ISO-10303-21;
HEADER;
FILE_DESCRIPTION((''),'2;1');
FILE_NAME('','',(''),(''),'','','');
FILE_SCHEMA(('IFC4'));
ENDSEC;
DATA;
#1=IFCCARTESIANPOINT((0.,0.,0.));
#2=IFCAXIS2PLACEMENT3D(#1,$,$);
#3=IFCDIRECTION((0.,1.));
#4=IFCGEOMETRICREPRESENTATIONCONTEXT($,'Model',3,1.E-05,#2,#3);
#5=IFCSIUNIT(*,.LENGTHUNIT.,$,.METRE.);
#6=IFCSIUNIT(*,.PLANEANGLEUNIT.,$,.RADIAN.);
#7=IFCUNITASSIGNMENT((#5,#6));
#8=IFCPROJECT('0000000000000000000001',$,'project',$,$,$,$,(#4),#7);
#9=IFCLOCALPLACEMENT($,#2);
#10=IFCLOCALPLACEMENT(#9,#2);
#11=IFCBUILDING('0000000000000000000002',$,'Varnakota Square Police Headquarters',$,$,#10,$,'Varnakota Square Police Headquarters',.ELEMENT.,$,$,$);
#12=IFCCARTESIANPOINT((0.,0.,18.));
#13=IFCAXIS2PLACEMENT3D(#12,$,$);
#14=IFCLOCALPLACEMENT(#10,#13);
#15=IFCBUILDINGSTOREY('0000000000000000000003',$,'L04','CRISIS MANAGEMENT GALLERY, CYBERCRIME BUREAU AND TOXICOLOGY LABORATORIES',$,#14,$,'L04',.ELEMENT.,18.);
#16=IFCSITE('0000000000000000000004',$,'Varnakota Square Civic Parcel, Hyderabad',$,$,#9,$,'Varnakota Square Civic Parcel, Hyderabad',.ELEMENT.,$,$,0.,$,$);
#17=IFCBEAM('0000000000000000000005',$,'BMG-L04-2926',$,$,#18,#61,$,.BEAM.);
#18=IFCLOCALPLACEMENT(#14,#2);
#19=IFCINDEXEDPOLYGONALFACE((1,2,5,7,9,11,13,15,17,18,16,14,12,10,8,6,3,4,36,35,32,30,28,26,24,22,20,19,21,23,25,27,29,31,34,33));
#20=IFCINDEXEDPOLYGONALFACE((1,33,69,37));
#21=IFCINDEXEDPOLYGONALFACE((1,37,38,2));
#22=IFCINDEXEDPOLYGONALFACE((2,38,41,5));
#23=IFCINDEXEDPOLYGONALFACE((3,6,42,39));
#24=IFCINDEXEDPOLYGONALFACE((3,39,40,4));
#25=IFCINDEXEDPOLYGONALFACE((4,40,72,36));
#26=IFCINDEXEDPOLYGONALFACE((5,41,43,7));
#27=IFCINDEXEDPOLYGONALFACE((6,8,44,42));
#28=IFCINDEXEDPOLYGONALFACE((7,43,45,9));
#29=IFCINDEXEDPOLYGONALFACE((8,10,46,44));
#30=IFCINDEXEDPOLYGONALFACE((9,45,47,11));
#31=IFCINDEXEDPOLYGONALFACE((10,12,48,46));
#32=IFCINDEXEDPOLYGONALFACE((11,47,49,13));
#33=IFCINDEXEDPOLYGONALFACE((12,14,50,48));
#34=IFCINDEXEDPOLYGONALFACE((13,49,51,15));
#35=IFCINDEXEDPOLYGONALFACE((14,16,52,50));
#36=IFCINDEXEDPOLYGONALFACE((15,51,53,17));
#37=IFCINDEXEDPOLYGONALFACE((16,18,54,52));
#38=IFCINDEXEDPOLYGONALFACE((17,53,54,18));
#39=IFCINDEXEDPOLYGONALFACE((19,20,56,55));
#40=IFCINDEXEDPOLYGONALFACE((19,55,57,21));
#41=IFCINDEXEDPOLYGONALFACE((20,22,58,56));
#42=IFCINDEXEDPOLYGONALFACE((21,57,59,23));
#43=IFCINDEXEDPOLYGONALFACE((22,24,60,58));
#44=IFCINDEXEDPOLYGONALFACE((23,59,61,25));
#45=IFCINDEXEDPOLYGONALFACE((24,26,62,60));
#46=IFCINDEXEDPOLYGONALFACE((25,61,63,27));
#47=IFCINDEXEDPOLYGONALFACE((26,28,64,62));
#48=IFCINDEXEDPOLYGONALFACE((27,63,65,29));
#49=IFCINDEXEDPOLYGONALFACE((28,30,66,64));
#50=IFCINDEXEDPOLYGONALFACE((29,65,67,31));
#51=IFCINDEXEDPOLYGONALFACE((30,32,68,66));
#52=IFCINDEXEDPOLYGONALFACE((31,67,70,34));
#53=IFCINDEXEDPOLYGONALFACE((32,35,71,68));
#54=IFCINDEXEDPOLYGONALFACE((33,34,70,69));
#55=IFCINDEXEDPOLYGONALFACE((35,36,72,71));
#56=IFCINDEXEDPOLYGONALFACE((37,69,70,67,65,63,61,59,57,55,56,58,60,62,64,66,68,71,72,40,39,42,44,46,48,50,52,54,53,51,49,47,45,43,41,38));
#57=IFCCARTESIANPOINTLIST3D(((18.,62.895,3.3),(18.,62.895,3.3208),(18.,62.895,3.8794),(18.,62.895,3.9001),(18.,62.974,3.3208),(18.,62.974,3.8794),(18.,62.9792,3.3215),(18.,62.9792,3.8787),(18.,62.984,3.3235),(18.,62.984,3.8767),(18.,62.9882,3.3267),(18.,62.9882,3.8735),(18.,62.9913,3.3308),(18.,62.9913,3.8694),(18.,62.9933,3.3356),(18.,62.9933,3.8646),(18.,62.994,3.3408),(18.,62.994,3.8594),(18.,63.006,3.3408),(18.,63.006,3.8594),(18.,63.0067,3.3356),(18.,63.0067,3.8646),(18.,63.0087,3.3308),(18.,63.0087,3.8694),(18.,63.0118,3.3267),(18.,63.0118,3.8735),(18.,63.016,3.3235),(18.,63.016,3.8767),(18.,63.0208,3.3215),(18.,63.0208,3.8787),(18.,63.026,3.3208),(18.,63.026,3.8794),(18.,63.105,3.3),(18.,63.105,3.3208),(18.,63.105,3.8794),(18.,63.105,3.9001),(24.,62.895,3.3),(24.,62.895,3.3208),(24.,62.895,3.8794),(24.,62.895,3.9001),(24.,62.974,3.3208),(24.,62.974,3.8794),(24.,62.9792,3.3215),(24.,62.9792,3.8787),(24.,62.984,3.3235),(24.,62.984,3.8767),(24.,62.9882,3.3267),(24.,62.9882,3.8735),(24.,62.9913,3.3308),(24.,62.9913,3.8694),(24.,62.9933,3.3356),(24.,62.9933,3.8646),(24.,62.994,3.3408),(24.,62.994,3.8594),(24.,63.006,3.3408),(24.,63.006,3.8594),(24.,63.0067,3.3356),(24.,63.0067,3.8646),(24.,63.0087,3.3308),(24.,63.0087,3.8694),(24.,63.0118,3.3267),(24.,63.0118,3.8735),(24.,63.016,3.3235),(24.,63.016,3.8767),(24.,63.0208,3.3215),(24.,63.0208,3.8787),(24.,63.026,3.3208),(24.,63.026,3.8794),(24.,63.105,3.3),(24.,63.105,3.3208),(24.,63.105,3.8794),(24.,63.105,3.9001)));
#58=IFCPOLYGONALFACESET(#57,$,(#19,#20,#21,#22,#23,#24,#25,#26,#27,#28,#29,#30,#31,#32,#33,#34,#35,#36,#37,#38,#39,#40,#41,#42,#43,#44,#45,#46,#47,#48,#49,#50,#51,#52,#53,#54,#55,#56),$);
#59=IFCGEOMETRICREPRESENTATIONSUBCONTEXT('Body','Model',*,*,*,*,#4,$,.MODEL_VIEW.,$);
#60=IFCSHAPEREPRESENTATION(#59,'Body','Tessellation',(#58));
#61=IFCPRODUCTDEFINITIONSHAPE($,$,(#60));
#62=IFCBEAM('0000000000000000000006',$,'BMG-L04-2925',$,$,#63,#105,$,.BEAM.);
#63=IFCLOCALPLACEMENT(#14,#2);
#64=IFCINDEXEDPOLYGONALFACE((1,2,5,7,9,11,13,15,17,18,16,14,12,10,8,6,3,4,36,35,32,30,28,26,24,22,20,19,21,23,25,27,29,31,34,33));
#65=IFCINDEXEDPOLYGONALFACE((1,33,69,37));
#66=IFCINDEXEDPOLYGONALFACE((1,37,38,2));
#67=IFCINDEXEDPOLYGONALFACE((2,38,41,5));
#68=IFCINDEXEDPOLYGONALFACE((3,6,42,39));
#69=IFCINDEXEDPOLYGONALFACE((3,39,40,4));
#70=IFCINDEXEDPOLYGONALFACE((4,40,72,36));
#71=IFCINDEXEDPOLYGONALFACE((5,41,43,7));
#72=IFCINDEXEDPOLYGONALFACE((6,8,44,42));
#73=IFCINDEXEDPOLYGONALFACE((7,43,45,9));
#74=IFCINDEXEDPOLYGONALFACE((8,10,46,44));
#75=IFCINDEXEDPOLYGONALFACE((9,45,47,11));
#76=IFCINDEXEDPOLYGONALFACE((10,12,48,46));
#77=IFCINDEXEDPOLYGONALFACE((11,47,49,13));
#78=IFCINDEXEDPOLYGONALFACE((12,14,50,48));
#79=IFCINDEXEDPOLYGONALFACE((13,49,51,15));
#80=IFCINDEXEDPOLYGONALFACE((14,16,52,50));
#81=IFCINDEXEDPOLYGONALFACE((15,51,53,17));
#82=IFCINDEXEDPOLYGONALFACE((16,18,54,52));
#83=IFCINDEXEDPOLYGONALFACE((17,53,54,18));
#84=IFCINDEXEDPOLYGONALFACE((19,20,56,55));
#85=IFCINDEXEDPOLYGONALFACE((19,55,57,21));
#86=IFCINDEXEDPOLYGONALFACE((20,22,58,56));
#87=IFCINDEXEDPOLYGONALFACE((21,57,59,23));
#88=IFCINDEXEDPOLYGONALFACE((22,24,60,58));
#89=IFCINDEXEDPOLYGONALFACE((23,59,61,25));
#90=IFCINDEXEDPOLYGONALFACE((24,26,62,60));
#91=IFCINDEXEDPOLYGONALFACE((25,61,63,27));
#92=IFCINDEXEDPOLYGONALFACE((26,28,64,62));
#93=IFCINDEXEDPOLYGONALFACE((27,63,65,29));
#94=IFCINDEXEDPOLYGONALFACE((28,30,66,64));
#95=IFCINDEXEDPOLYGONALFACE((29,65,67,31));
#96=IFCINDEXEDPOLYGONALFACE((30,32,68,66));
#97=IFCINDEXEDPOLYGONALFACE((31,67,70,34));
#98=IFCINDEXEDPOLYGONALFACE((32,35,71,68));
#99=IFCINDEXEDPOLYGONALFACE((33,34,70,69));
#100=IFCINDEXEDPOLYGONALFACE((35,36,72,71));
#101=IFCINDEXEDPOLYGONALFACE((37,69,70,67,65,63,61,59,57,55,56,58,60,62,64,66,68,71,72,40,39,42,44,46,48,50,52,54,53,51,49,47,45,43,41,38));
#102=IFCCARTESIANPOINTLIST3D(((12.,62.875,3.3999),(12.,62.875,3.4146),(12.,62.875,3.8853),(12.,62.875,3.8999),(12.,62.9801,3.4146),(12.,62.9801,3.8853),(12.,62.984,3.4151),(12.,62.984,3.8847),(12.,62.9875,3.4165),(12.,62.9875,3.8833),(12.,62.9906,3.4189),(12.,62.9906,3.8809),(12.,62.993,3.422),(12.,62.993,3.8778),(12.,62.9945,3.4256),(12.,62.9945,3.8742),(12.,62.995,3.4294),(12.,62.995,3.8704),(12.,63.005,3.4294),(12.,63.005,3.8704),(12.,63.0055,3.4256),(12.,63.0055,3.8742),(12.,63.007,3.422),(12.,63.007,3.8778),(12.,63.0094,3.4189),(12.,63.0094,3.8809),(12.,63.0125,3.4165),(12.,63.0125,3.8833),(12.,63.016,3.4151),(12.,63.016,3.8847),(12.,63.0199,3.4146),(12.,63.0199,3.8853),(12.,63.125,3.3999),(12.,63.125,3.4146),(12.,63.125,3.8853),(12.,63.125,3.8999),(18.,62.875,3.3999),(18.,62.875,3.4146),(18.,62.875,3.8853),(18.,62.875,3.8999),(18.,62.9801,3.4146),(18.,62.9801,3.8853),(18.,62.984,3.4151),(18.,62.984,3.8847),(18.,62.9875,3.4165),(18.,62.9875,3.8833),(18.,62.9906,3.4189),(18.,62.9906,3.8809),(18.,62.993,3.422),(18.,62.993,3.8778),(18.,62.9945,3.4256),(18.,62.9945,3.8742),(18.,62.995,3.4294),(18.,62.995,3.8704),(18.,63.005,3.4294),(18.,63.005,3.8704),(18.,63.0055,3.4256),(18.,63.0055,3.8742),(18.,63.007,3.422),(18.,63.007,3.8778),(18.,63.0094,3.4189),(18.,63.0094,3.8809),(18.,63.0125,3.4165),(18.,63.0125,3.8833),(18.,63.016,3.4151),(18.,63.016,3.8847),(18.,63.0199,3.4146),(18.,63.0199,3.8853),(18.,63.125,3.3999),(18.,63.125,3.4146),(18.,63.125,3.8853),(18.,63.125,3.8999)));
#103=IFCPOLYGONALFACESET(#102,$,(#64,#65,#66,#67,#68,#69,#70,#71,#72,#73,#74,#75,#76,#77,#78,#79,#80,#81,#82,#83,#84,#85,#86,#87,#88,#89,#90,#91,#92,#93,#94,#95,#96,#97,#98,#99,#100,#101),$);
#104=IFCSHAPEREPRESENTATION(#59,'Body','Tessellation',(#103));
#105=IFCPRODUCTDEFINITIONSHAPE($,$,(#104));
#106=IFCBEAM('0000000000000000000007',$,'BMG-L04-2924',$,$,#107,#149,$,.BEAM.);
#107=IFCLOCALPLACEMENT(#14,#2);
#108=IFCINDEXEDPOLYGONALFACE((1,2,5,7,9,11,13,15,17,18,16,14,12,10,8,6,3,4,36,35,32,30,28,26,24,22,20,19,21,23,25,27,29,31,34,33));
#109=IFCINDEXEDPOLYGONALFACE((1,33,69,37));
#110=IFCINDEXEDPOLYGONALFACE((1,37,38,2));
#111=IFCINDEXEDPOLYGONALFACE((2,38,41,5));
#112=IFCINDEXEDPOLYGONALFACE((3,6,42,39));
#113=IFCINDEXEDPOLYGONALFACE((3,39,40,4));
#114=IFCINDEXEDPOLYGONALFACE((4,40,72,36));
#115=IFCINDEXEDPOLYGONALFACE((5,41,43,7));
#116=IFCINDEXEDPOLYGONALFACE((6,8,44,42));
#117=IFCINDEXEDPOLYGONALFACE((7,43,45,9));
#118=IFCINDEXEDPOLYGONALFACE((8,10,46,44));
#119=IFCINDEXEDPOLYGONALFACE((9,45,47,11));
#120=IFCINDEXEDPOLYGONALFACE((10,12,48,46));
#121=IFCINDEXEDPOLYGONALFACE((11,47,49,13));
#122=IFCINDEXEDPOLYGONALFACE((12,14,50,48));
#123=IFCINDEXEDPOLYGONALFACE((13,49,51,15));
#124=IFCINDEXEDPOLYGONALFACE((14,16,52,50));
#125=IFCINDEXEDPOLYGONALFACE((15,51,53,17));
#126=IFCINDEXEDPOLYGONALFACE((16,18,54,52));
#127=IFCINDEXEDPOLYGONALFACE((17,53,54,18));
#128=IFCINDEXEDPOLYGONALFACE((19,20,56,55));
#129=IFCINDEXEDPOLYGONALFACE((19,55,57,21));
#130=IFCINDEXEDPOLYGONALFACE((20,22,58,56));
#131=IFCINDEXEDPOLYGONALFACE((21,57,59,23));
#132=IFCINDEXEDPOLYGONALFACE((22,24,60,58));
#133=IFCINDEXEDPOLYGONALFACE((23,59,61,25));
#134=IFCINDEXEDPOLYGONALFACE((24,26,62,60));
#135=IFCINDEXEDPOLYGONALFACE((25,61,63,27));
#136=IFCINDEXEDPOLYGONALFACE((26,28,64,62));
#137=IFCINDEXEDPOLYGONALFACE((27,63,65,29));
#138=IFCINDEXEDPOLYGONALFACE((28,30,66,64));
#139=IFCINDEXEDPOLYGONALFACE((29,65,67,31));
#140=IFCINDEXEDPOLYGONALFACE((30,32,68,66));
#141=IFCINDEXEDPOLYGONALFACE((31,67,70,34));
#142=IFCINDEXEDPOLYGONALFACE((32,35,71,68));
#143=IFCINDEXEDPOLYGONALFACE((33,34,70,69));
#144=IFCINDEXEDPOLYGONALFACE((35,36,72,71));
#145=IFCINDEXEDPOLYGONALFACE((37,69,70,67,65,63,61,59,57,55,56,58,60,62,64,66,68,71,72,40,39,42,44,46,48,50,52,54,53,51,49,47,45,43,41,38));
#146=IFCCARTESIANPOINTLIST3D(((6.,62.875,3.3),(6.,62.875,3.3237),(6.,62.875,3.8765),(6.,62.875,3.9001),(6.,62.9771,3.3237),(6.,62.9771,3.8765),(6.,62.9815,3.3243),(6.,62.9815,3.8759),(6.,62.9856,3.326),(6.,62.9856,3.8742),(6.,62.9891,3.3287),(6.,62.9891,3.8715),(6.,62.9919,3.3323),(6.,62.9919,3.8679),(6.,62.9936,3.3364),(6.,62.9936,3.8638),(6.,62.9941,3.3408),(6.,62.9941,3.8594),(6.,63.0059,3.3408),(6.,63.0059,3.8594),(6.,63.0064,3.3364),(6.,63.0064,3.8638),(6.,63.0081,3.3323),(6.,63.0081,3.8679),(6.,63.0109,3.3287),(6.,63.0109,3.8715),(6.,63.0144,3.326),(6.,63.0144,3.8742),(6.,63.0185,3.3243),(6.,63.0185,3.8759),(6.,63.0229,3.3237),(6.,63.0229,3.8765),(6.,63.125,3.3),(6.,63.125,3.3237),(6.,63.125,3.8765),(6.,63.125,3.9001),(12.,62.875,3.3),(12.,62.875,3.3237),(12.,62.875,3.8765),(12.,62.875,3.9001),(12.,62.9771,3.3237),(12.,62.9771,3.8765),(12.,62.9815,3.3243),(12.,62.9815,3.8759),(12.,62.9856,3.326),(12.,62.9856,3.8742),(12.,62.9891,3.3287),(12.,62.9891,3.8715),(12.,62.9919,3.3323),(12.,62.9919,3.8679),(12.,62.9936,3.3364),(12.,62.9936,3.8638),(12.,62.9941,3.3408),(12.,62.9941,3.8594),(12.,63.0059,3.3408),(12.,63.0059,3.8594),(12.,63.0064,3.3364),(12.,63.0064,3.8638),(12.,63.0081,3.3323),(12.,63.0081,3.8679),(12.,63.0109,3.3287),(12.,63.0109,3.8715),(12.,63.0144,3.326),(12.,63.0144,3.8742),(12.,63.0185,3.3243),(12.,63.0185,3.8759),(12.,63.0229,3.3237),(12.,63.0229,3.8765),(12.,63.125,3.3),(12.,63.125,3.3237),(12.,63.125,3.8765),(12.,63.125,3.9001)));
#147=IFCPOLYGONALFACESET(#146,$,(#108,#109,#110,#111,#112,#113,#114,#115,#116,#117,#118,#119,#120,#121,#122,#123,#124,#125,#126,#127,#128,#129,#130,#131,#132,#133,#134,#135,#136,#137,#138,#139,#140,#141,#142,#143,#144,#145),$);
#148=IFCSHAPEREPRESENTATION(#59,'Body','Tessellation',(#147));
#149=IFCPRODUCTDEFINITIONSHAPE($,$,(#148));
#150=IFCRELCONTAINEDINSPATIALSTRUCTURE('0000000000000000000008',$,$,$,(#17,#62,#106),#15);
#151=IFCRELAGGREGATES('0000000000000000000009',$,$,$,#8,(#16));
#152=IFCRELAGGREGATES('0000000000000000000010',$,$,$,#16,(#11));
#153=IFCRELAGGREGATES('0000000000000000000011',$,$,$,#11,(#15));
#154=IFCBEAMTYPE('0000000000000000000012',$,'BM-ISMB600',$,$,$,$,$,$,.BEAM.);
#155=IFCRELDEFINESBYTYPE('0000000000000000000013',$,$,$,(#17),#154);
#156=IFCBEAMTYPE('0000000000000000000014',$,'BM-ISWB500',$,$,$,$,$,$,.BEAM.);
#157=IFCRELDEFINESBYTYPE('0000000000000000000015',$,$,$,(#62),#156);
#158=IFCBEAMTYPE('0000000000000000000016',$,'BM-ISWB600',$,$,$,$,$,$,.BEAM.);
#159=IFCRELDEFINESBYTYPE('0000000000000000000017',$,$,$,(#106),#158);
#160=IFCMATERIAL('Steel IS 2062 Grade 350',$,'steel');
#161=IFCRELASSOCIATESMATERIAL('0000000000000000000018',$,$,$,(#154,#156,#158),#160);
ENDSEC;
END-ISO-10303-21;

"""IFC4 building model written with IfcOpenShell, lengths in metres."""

from ifc_helpers import new_model, si_unit, direction, frame, origin, origin_2d, place, context, subcontext, project, spatial, i_section, extrude, material, material_profile, profile_set, type_object, element, save


model = new_model("IFC4")

# Units and contexts
model_context = context("Model", 3, precision=1e-05, world=origin(), true_north=direction((0.0, 1.0)))
body_context = subcontext(model_context, "Body", "Model", "MODEL_VIEW")
ifc_project = project(units=[si_unit("LENGTHUNIT", "METRE"), si_unit("PLANEANGLEUNIT", "RADIAN")], contexts=[model_context])

# Site, building, storey
site_placement = place(None, origin())
site = spatial("IfcSite", under=ifc_project, at=site_placement, Name="Varnakota Square Civic Parcel, Hyderabad", LongName="Varnakota Square Civic Parcel, Hyderabad", CompositionType="ELEMENT", RefElevation=0.0)
building_placement = place(site_placement, origin())
building = spatial("IfcBuilding", under=site, at=building_placement, Name="Varnakota Square Police Headquarters", LongName="Varnakota Square Police Headquarters", CompositionType="ELEMENT")
storey_placement = place(building_placement, frame((0.0, 0.0, 18.0)))
storey = spatial("IfcBuildingStorey", under=building, at=storey_placement, Name="L04", Description="CRISIS MANAGEMENT GALLERY, CYBERCRIME BUREAU AND TOXICOLOGY LABORATORIES", LongName="L04", CompositionType="ELEMENT", Elevation=18.0)

# Shared definitions
ifc_material_1 = material(Name="Steel IS 2062 Grade 350", Category="steel")

# Beams
ifc_material_profile_1 = material_profile(ifc_material_1, i_section(OverallWidth=0.21, OverallDepth=0.6001, WebThickness=0.012, FlangeThickness=0.0208, FilletRadius=0.02, at=origin_2d()), Name="ISMB 600")
ifc_profile_set_1 = profile_set([ifc_material_profile_1], Name="Steel IS 2062 Grade 350")
beam_type_1 = type_object("IfcBeamType", Name="BM-ISMB600", PredefinedType="BEAM", material=ifc_profile_set_1)
beam_1_placement = place(storey_placement, frame((18.0, 63.0, 3.6001), z_axis=(1.0, 0.0, 0.0), x_axis=(0.0, 1.0, 0.0)))
element("IfcBeam", 1, at=beam_1_placement, inside=storey, type_object=beam_type_1, Name="BMG-L04-2926", PredefinedType="BEAM", context=body_context, shape_type="SweptSolid", body=[
    extrude(i_section(OverallWidth=0.21, OverallDepth=0.6001, WebThickness=0.012, FlangeThickness=0.0208, FilletRadius=0.02, at=origin_2d()), origin(), (0.0, 0.0, 1.0), 6.0),
])
ifc_material_profile_2 = material_profile(ifc_material_1, i_section(OverallWidth=0.25, OverallDepth=0.5, WebThickness=0.01, FlangeThickness=0.0146, FilletRadius=0.0149, at=origin_2d()), Name="ISWB 500")
ifc_profile_set_2 = profile_set([ifc_material_profile_2], Name="Steel IS 2062 Grade 350")
beam_type_2 = type_object("IfcBeamType", Name="BM-ISWB500", PredefinedType="BEAM", material=ifc_profile_set_2)
beam_2_placement = place(storey_placement, frame((12.0, 63.0, 3.6499), z_axis=(1.0, 0.0, 0.0), x_axis=(0.0, 1.0, 0.0)))
element("IfcBeam", 2, at=beam_2_placement, inside=storey, type_object=beam_type_2, Name="BMG-L04-2925", PredefinedType="BEAM", context=body_context, shape_type="SweptSolid", body=[
    extrude(i_section(OverallWidth=0.25, OverallDepth=0.5, WebThickness=0.01, FlangeThickness=0.0146, FilletRadius=0.0149, at=origin_2d()), origin(), (0.0, 0.0, 1.0), 6.0),
])
ifc_material_profile_3 = material_profile(ifc_material_1, i_section(OverallWidth=0.25, OverallDepth=0.6001, WebThickness=0.0117, FlangeThickness=0.0237, FilletRadius=0.0171, at=origin_2d()), Name="ISWB 600")
ifc_profile_set_3 = profile_set([ifc_material_profile_3], Name="Steel IS 2062 Grade 350")
beam_type_3 = type_object("IfcBeamType", Name="BM-ISWB600", PredefinedType="BEAM", material=ifc_profile_set_3)
beam_3_placement = place(storey_placement, frame((6.0, 63.0, 3.6001), z_axis=(1.0, 0.0, 0.0), x_axis=(0.0, 1.0, 0.0)))
element("IfcBeam", 3, at=beam_3_placement, inside=storey, type_object=beam_type_3, Name="BMG-L04-2924", PredefinedType="BEAM", context=body_context, shape_type="SweptSolid", body=[
    extrude(i_section(OverallWidth=0.25, OverallDepth=0.6001, WebThickness=0.0117, FlangeThickness=0.0237, FilletRadius=0.0171, at=origin_2d()), origin(), (0.0, 0.0, 1.0), 6.0),
])

save(model, "model.ifc")
